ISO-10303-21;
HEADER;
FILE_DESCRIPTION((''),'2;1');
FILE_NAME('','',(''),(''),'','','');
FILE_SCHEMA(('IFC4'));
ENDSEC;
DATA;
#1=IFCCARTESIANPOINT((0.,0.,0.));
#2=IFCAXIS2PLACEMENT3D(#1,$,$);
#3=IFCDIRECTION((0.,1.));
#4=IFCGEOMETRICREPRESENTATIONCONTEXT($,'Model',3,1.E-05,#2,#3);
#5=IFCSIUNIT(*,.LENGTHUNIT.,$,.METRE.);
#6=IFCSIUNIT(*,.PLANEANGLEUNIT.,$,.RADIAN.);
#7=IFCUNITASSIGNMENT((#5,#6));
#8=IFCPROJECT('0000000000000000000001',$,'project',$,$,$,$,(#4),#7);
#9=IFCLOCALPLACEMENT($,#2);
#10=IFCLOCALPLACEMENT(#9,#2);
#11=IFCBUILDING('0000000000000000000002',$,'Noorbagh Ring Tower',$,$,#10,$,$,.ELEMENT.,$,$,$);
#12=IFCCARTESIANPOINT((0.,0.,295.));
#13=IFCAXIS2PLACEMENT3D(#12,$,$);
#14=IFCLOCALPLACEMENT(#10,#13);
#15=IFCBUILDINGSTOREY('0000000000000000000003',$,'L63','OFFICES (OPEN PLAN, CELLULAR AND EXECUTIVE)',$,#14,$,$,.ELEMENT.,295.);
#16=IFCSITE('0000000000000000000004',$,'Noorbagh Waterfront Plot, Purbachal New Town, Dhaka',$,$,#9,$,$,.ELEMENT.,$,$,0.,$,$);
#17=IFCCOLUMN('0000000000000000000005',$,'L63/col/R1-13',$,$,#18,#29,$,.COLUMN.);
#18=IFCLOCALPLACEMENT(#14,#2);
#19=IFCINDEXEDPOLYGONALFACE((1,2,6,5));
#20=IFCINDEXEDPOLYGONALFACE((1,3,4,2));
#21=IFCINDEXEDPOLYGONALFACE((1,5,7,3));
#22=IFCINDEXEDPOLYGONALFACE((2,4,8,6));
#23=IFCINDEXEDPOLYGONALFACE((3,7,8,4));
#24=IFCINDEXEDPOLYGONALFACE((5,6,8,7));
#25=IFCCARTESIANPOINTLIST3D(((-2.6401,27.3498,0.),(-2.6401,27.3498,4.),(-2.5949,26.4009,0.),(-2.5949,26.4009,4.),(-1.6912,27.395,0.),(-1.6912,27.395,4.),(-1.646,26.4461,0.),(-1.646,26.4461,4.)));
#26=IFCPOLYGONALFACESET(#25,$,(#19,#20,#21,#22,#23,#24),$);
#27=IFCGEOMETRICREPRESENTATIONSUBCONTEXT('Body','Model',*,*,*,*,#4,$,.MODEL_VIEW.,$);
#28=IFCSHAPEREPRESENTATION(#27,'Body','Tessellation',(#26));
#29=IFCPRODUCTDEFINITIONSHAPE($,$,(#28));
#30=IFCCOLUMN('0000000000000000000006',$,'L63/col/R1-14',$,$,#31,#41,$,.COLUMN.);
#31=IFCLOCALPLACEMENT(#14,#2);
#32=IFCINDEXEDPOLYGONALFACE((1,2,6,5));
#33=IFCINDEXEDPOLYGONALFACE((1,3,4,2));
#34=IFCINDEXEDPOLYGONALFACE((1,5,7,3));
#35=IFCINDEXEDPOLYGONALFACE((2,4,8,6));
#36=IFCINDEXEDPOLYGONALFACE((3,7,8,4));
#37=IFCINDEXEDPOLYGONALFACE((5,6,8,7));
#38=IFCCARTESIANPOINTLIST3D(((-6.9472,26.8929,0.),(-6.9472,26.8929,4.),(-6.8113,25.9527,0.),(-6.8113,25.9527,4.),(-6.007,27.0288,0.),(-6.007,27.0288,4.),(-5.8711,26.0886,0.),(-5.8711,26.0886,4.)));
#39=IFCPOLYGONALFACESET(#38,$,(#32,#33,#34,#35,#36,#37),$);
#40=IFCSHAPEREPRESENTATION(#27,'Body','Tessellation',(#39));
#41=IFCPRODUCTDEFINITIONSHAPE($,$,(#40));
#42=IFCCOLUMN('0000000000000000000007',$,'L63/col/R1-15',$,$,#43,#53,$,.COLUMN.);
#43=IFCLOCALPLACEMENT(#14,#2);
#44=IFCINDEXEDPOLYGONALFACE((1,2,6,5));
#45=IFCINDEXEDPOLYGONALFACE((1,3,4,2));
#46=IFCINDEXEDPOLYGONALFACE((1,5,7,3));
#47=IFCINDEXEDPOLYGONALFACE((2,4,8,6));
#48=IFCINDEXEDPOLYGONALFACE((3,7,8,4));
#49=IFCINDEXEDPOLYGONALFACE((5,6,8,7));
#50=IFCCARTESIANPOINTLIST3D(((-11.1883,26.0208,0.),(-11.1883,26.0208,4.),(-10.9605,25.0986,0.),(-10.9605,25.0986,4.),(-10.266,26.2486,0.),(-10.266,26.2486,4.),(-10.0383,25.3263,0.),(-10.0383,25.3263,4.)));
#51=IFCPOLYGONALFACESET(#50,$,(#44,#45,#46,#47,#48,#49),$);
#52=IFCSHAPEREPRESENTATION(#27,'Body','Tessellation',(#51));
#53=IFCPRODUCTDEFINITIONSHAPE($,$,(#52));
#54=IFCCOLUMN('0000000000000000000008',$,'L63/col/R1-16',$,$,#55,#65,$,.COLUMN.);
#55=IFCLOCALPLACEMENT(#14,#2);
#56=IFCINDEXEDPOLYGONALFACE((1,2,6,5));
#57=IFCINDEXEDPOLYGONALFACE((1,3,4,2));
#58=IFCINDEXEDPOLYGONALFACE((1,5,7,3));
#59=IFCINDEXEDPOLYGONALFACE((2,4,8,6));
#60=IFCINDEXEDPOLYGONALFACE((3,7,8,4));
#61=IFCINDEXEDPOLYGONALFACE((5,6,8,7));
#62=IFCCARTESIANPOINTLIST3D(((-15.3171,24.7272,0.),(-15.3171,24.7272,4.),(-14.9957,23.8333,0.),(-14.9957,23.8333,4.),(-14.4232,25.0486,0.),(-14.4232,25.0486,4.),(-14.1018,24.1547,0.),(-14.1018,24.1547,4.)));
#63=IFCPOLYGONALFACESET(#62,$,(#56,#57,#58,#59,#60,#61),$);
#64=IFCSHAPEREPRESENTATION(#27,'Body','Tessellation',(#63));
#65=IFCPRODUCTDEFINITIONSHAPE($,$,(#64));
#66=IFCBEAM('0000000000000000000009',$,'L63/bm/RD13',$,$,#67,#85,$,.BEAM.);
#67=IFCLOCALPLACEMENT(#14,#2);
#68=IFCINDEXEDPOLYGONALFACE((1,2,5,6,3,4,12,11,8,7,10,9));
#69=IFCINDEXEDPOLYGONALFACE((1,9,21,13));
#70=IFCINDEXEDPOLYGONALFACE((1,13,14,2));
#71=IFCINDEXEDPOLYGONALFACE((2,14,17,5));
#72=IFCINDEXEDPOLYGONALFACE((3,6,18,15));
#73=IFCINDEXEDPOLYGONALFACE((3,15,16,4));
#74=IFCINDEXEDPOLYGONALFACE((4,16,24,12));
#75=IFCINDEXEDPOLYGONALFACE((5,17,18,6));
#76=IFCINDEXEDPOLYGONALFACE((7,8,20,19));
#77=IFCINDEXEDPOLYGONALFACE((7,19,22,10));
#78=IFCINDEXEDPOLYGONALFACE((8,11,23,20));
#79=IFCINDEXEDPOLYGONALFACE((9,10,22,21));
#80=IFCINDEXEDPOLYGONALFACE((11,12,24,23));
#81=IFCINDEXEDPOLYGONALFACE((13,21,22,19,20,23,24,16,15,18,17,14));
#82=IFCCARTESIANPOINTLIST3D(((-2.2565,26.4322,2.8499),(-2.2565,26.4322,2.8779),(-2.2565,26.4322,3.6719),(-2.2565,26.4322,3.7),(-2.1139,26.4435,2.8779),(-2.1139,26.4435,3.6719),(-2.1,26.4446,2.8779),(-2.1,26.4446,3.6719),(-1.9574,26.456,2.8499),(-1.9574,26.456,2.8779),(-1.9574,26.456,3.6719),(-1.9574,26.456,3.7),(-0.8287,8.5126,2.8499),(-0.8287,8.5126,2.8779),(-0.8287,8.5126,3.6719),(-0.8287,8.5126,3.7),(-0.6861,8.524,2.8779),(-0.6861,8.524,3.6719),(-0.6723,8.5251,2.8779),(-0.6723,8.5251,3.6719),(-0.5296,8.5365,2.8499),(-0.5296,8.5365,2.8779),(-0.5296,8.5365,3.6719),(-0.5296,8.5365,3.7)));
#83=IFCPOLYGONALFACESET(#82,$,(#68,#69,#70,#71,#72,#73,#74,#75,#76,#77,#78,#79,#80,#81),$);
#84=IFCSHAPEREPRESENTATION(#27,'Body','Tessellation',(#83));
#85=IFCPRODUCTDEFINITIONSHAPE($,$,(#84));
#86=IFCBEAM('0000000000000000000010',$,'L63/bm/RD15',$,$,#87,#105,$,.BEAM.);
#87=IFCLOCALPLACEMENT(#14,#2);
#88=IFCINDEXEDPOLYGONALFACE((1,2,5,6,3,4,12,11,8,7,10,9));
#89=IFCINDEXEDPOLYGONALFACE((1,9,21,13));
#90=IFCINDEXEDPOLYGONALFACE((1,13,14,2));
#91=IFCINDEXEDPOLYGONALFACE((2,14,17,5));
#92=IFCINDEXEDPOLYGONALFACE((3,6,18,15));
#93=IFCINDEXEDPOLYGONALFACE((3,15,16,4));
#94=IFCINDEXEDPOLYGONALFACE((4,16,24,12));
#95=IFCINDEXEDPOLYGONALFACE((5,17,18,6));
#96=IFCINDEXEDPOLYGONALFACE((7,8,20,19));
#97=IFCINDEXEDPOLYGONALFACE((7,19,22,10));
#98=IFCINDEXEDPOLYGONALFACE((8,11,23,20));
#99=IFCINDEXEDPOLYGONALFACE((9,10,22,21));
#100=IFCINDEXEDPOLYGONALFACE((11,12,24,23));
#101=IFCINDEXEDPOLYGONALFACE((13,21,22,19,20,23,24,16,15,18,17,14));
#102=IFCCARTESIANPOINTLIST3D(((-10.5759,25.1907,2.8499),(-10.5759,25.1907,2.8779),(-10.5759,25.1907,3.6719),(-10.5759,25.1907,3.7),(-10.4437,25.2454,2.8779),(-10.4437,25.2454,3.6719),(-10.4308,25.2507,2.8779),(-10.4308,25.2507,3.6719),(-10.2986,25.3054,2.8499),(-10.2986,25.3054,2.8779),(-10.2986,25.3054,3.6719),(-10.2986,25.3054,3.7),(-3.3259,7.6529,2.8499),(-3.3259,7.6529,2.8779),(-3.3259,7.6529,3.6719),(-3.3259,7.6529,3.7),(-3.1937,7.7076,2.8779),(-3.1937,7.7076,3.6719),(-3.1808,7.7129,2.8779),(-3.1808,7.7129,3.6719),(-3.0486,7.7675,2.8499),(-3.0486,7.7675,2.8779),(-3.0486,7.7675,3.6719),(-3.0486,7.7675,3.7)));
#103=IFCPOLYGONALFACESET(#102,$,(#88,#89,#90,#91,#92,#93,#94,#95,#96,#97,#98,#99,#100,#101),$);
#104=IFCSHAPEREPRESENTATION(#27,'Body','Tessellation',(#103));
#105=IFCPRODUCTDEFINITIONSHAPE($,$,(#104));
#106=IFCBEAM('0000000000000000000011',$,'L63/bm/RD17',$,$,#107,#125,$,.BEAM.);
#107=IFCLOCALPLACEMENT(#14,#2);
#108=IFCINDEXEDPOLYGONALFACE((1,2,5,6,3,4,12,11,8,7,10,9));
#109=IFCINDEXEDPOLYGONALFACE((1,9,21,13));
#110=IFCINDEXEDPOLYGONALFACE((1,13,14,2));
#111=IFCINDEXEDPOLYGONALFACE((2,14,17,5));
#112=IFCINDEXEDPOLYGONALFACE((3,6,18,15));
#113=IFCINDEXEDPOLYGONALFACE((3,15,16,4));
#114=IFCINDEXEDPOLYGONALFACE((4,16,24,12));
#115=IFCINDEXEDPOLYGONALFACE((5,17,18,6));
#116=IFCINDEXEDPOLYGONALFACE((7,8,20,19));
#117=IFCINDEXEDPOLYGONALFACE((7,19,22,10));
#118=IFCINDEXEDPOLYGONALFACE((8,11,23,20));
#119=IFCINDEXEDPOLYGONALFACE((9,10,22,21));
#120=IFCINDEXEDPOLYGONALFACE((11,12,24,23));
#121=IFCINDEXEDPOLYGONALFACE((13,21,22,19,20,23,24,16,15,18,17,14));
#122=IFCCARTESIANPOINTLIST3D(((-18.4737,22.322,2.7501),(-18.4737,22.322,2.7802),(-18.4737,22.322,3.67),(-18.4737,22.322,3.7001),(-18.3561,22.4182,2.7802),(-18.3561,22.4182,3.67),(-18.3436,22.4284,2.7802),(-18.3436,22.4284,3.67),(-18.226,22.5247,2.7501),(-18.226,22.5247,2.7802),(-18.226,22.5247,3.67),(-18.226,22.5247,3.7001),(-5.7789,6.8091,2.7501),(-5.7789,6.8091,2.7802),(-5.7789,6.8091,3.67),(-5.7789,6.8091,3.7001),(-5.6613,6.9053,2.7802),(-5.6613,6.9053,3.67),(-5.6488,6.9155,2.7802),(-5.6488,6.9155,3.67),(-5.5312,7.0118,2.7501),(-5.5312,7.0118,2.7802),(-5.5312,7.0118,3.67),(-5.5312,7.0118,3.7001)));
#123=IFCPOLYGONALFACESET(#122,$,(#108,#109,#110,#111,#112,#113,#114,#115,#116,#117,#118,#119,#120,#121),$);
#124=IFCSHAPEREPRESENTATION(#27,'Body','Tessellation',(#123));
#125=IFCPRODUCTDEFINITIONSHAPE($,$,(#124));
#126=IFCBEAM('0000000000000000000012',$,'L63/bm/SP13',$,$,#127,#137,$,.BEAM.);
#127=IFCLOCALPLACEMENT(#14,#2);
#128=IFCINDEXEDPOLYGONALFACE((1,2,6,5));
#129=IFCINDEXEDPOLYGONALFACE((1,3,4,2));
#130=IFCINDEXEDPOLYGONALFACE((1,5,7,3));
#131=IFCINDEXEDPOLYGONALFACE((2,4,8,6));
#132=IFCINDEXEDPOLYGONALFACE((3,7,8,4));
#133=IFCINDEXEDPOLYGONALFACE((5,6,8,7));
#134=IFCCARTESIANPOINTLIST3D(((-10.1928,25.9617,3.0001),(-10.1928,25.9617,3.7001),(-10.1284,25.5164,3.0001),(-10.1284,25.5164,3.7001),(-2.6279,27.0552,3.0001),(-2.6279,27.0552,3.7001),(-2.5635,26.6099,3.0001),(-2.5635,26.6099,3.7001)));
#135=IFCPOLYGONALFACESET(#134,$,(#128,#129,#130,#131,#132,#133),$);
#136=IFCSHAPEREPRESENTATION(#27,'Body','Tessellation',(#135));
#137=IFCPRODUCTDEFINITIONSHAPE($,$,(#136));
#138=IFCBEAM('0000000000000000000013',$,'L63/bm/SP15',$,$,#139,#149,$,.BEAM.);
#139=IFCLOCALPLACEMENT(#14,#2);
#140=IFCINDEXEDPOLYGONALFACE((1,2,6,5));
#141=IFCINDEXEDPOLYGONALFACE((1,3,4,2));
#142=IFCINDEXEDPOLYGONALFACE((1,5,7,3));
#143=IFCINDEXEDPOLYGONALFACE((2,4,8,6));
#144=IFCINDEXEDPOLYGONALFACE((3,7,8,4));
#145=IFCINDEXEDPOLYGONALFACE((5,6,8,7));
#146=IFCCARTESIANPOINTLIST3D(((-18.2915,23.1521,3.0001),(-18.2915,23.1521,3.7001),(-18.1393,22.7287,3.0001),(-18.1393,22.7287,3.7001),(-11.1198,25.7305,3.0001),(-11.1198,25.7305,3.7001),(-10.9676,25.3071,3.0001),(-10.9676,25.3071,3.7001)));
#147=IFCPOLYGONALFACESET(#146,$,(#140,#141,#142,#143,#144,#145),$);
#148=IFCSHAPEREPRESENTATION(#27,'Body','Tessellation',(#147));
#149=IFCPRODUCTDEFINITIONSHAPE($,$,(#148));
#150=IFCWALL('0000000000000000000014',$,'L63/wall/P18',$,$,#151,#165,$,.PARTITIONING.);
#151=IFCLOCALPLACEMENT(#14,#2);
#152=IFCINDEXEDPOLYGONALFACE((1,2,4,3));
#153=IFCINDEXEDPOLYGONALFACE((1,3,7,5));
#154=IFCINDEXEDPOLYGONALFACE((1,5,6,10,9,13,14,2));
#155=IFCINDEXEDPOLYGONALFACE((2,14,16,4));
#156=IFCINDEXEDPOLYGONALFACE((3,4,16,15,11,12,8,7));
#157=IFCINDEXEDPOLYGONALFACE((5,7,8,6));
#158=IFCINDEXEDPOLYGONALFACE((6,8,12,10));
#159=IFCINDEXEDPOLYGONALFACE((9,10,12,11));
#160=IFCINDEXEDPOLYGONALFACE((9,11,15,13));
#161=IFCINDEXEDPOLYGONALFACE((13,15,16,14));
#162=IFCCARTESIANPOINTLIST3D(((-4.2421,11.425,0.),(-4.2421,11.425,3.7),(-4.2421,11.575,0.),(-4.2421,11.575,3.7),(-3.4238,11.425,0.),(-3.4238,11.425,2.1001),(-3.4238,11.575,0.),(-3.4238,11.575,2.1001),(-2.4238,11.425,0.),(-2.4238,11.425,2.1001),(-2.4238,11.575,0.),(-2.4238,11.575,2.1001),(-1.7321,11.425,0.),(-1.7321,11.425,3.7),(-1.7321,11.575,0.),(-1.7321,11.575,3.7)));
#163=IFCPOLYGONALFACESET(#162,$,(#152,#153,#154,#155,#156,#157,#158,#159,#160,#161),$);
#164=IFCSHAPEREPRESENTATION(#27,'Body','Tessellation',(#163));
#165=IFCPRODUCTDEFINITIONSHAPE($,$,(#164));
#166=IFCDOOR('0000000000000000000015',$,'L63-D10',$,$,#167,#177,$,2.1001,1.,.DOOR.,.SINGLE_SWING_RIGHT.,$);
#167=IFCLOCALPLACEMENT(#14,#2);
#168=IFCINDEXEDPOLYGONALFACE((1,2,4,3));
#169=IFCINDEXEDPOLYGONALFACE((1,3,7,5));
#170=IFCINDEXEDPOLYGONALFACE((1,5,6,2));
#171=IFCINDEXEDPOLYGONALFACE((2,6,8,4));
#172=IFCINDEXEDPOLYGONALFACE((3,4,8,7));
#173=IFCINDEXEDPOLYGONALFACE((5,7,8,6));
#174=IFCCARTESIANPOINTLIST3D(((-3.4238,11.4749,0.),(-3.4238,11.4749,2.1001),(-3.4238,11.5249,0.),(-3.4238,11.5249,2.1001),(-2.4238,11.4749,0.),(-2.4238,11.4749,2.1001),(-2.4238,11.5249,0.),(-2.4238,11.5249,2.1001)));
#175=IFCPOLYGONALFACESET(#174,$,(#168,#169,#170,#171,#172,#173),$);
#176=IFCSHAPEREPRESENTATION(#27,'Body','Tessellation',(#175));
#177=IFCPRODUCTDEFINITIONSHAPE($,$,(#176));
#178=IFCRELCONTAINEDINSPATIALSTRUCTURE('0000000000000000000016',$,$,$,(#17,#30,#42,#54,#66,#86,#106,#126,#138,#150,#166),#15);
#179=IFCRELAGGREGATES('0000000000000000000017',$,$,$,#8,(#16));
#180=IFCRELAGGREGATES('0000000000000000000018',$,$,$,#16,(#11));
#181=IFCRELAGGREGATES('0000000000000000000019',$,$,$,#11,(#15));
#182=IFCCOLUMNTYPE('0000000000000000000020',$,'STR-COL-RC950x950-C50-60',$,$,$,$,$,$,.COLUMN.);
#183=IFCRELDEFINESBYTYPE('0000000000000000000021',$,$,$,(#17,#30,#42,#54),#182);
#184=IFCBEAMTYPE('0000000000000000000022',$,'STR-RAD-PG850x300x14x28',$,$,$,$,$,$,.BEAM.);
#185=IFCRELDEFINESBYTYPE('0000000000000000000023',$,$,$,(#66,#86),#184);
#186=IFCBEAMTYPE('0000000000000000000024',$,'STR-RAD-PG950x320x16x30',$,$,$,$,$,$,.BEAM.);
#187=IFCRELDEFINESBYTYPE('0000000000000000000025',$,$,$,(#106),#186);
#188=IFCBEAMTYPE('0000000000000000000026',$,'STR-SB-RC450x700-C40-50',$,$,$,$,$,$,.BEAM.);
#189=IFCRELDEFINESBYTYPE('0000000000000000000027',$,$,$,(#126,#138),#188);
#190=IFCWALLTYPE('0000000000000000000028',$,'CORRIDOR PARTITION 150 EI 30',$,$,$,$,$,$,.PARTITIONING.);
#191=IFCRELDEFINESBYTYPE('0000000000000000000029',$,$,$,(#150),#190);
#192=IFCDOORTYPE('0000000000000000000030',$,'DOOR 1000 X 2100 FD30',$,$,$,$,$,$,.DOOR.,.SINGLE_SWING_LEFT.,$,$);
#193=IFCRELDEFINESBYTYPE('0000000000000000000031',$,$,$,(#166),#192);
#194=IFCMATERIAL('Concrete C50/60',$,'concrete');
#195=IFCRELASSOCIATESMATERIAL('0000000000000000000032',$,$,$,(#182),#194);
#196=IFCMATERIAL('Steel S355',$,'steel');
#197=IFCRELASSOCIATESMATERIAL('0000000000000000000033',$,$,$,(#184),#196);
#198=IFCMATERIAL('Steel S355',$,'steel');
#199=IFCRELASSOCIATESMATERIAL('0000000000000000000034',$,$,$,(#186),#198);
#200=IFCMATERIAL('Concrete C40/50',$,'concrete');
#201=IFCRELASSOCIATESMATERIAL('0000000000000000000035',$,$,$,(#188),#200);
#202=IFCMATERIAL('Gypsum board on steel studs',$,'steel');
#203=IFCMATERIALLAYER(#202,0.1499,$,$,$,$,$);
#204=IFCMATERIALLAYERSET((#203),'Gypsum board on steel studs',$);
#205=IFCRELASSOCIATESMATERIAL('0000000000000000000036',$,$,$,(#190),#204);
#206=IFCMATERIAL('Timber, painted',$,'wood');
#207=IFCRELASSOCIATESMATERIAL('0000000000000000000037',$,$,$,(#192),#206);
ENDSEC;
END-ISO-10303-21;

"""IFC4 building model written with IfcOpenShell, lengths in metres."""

from ifc_helpers import new_model, si_unit, direction, frame, frame_2d, origin, origin_2d, place, context, subcontext, project, spatial, rectangle, i_section, extrude, material, layer, layer_set, material_profile, profile_set, type_object, element, fill, save


model = new_model("IFC4")

# Units and contexts
model_context = context("Model", 3, precision=1e-05, world=origin(), true_north=direction((0.0, 1.0)))
body_context = subcontext(model_context, "Body", "Model", "MODEL_VIEW")
ifc_project = project(units=[si_unit("LENGTHUNIT", "METRE"), si_unit("PLANEANGLEUNIT", "RADIAN")], contexts=[model_context])

# Site, building, storey
site_placement = place(None, origin())
site = spatial("IfcSite", under=ifc_project, at=site_placement, Name="Noorbagh Waterfront Plot, Purbachal New Town, Dhaka", CompositionType="ELEMENT", RefElevation=0.0)
building_placement = place(site_placement, origin())
building = spatial("IfcBuilding", under=site, at=building_placement, Name="Noorbagh Ring Tower", CompositionType="ELEMENT")
storey_placement = place(building_placement, frame((0.0, 0.0, 295.0)))
storey = spatial("IfcBuildingStorey", under=building, at=storey_placement, Name="L63", Description="OFFICES (OPEN PLAN, CELLULAR AND EXECUTIVE)", CompositionType="ELEMENT", Elevation=295.0)

# Columns
ifc_material_1 = material(Name="Concrete C50/60", Category="concrete")
ifc_material_profile_1 = material_profile(ifc_material_1, rectangle(XDim=0.95, YDim=0.95, at=origin_2d()), Name="RC950x950")
ifc_profile_set_1 = profile_set([ifc_material_profile_1], Name="Concrete C50/60")
column_type = type_object("IfcColumnType", Name="STR-COL-RC950x950-C50-60", PredefinedType="COLUMN", material=ifc_profile_set_1)
for number, where, z_axis, x_axis, name in (
    (1, (-2.1431, 26.8979, 0.0), (0.0, 0.0, 1.0), (-0.998869, -0.047553, 0.0), "L63/col/R1-13"),
    (2, (-6.4092, 26.4907, 0.0), (0.0, 0.0, 1.0), (-0.989713, -0.143066, 0.0), "L63/col/R1-14"),
    (3, (-10.6133, 25.6736, 0.0), (0.0, 0.0, 1.0), (-0.970829, -0.239771, 0.0), "L63/col/R1-15"),
    (4, (-14.7095, 24.4409, 0.0), (0.0, 0.0, 1.0), (-0.941025, -0.338338, 0.0), "L63/col/R1-16"),
):
    element("IfcColumn", number, at=place(storey_placement, frame(where, z_axis=z_axis, x_axis=x_axis)), inside=storey, type_object=column_type, Name=name, PredefinedType="COLUMN", context=body_context, shape_type="SweptSolid", body=[
        extrude(rectangle(XDim=0.95, YDim=0.95, at=origin_2d()), origin(), (0.0, 0.0, 1.0), 4.0),
    ])

# Beams
ifc_material_2 = material(Name="Steel S355", Category="steel")
ifc_material_profile_2 = material_profile(ifc_material_2, i_section(OverallWidth=0.3, OverallDepth=0.8501, WebThickness=0.0139, FlangeThickness=0.0281, at=origin_2d()), Name="PG850x300x14x28")
ifc_profile_set_2 = profile_set([ifc_material_profile_2], Name="Steel S355")
beam_type_1 = type_object("IfcBeamType", Name="STR-RAD-PG850x300x14x28", PredefinedType="BEAM", material=ifc_profile_set_2)
beam_1_placement = place(storey_placement, frame((-2.1069, 26.4441, 3.2749), z_axis=(0.079423, -0.996841, 0.0), x_axis=(0.996841, 0.079423, 0.0)))
element("IfcBeam", 5, at=beam_1_placement, inside=storey, type_object=beam_type_1, Name="L63/bm/RD13", PredefinedType="BEAM", context=body_context, shape_type="SweptSolid", body=[
    extrude(i_section(OverallWidth=0.3, OverallDepth=0.8501, WebThickness=0.0139, FlangeThickness=0.0281, at=origin_2d()), origin(), (0.0, 0.0, 1.0), 17.9763),
])
beam_2_placement = place(storey_placement, frame((-10.4373, 25.248, 3.2749), z_axis=(0.382035, -0.924148, 0.0), x_axis=(0.924148, 0.382035, 0.0)))
element("IfcBeam", 6, at=beam_2_placement, inside=storey, type_object=beam_type_1, Name="L63/bm/RD15", PredefinedType="BEAM", context=body_context, shape_type="SweptSolid", body=[
    extrude(i_section(OverallWidth=0.3, OverallDepth=0.8501, WebThickness=0.0139, FlangeThickness=0.0281, at=origin_2d()), origin(), (0.0, 0.0, 1.0), 18.9773),
])
ifc_material_3 = material(Name="Steel S355", Category="steel")
ifc_material_profile_3 = material_profile(ifc_material_3, i_section(OverallWidth=0.3201, OverallDepth=0.95, WebThickness=0.0161, FlangeThickness=0.03, at=origin_2d()), Name="PG950x320x16x30")
ifc_profile_set_3 = profile_set([ifc_material_profile_3], Name="Steel S355")
beam_type_2 = type_object("IfcBeamType", Name="STR-RAD-PG950x320x16x30", PredefinedType="BEAM", material=ifc_profile_set_3)
beam_3_placement = place(storey_placement, frame((-18.3499, 22.4233, 3.2251), z_axis=(0.63331, -0.773898, 0.0), x_axis=(0.773898, 0.63331, 0.0)))
element("IfcBeam", 7, at=beam_3_placement, inside=storey, type_object=beam_type_2, Name="L63/bm/RD17", PredefinedType="BEAM", context=body_context, shape_type="SweptSolid", body=[
    extrude(i_section(OverallWidth=0.3201, OverallDepth=0.95, WebThickness=0.0161, FlangeThickness=0.03, at=origin_2d()), origin(), (0.0, 0.0, 1.0), 20.0452),
])
ifc_material_4 = material(Name="Concrete C40/50", Category="concrete")
ifc_material_profile_4 = material_profile(ifc_material_4, rectangle(XDim=0.45, YDim=0.7, at=origin_2d()), Name="RC450x700")
ifc_profile_set_4 = profile_set([ifc_material_profile_4], Name="Concrete C40/50")
beam_type_3 = type_object("IfcBeamType", Name="STR-SB-RC450x700-C40-50", PredefinedType="BEAM", material=ifc_profile_set_4)
beam_4_placement = place(storey_placement, frame((-2.5957, 26.8325, 3.3501), z_axis=(-0.989714, -0.143062, 0.0), x_axis=(0.143062, -0.989714, 0.0)))
element("IfcBeam", 8, at=beam_4_placement, inside=storey, type_object=beam_type_3, Name="L63/bm/SP13", PredefinedType="BEAM", context=body_context, shape_type="SweptSolid", body=[
    extrude(rectangle(XDim=0.45, YDim=0.7, at=origin_2d()), origin(), (0.0, 0.0, 1.0), 7.6436),
])
beam_5_placement = place(storey_placement, frame((-11.0437, 25.5188, 3.3501), z_axis=(-0.94103, -0.338322, 0.0), x_axis=(0.338322, -0.94103, 0.0)))
element("IfcBeam", 9, at=beam_5_placement, inside=storey, type_object=beam_type_3, Name="L63/bm/SP15", PredefinedType="BEAM", context=body_context, shape_type="SweptSolid", body=[
    extrude(rectangle(XDim=0.45, YDim=0.7, at=origin_2d()), origin(), (0.0, 0.0, 1.0), 7.6211),
])

# Wall, opening, door
ifc_material_5 = material(Name="Gypsum board on steel studs", Category="steel")
ifc_layer_1 = layer(ifc_material_5, 0.1499)
ifc_layer_set_1 = layer_set([ifc_layer_1], Name="Gypsum board on steel studs")
wall_type_1 = type_object("IfcWallType", Name="CORRIDOR PARTITION 150 EI 30", PredefinedType="PARTITIONING", material=ifc_layer_set_1)
wall_1_placement = place(storey_placement, frame((-4.2419, 11.5, 0.0), z_axis=(0.0, 0.0, 1.0), x_axis=(1.0, 0.0, 0.0)))
wall_1 = element("IfcWall", 10, at=wall_1_placement, inside=storey, type_object=wall_type_1, Name="L63/wall/P18", PredefinedType="PARTITIONING", context=body_context, shape_type="SweptSolid", body=[
    extrude(rectangle(XDim=2.51, YDim=0.1499, at=frame_2d((1.2549, 0.0))), origin(), (0.0, 0.0, 1.0), 3.7),
])
opening_1_placement = place(wall_1_placement, frame((0.8181, 0.0, 0.0)))
opening_1 = element("IfcOpeningElement", 11, at=opening_1_placement, cuts=wall_1, PredefinedType="OPENING", context=body_context, shape_type="SweptSolid", body=[
    extrude(rectangle(XDim=1.0, YDim=2.1001, at=frame_2d((0.5, 1.05))), frame((0.0, 0.085, 0.0), z_axis=(0.0, -1.0, 0.0), x_axis=(1.0, 0.0, 0.0)), (0.0, 0.0, 1.0), 0.1699),
])
ifc_material_6 = material(Name="Timber, painted", Category="wood")
door_type_1 = type_object("IfcDoorType", Name="DOOR 1000 X 2100 FD30", OperationType="SINGLE_SWING_LEFT", PredefinedType="DOOR", material=ifc_material_6)
door_1_placement = place(opening_1_placement, origin())
door_1 = element("IfcDoor", 12, at=door_1_placement, inside=storey, type_object=door_type_1, Name="L63-D10", OperationType="SINGLE_SWING_RIGHT", OverallHeight=2.1001, OverallWidth=1.0, PredefinedType="DOOR", context=body_context, shape_type="SweptSolid", body=[
    extrude(rectangle(XDim=1.0, YDim=2.1001, at=frame_2d((0.5, 1.05))), frame((0.0, 0.0249, 0.0), z_axis=(0.0, -1.0, 0.0), x_axis=(1.0, 0.0, 0.0)), (0.0, 0.0, 1.0), 0.05),
])
fill(opening_1, door_1)

save(model, "model.ifc")
